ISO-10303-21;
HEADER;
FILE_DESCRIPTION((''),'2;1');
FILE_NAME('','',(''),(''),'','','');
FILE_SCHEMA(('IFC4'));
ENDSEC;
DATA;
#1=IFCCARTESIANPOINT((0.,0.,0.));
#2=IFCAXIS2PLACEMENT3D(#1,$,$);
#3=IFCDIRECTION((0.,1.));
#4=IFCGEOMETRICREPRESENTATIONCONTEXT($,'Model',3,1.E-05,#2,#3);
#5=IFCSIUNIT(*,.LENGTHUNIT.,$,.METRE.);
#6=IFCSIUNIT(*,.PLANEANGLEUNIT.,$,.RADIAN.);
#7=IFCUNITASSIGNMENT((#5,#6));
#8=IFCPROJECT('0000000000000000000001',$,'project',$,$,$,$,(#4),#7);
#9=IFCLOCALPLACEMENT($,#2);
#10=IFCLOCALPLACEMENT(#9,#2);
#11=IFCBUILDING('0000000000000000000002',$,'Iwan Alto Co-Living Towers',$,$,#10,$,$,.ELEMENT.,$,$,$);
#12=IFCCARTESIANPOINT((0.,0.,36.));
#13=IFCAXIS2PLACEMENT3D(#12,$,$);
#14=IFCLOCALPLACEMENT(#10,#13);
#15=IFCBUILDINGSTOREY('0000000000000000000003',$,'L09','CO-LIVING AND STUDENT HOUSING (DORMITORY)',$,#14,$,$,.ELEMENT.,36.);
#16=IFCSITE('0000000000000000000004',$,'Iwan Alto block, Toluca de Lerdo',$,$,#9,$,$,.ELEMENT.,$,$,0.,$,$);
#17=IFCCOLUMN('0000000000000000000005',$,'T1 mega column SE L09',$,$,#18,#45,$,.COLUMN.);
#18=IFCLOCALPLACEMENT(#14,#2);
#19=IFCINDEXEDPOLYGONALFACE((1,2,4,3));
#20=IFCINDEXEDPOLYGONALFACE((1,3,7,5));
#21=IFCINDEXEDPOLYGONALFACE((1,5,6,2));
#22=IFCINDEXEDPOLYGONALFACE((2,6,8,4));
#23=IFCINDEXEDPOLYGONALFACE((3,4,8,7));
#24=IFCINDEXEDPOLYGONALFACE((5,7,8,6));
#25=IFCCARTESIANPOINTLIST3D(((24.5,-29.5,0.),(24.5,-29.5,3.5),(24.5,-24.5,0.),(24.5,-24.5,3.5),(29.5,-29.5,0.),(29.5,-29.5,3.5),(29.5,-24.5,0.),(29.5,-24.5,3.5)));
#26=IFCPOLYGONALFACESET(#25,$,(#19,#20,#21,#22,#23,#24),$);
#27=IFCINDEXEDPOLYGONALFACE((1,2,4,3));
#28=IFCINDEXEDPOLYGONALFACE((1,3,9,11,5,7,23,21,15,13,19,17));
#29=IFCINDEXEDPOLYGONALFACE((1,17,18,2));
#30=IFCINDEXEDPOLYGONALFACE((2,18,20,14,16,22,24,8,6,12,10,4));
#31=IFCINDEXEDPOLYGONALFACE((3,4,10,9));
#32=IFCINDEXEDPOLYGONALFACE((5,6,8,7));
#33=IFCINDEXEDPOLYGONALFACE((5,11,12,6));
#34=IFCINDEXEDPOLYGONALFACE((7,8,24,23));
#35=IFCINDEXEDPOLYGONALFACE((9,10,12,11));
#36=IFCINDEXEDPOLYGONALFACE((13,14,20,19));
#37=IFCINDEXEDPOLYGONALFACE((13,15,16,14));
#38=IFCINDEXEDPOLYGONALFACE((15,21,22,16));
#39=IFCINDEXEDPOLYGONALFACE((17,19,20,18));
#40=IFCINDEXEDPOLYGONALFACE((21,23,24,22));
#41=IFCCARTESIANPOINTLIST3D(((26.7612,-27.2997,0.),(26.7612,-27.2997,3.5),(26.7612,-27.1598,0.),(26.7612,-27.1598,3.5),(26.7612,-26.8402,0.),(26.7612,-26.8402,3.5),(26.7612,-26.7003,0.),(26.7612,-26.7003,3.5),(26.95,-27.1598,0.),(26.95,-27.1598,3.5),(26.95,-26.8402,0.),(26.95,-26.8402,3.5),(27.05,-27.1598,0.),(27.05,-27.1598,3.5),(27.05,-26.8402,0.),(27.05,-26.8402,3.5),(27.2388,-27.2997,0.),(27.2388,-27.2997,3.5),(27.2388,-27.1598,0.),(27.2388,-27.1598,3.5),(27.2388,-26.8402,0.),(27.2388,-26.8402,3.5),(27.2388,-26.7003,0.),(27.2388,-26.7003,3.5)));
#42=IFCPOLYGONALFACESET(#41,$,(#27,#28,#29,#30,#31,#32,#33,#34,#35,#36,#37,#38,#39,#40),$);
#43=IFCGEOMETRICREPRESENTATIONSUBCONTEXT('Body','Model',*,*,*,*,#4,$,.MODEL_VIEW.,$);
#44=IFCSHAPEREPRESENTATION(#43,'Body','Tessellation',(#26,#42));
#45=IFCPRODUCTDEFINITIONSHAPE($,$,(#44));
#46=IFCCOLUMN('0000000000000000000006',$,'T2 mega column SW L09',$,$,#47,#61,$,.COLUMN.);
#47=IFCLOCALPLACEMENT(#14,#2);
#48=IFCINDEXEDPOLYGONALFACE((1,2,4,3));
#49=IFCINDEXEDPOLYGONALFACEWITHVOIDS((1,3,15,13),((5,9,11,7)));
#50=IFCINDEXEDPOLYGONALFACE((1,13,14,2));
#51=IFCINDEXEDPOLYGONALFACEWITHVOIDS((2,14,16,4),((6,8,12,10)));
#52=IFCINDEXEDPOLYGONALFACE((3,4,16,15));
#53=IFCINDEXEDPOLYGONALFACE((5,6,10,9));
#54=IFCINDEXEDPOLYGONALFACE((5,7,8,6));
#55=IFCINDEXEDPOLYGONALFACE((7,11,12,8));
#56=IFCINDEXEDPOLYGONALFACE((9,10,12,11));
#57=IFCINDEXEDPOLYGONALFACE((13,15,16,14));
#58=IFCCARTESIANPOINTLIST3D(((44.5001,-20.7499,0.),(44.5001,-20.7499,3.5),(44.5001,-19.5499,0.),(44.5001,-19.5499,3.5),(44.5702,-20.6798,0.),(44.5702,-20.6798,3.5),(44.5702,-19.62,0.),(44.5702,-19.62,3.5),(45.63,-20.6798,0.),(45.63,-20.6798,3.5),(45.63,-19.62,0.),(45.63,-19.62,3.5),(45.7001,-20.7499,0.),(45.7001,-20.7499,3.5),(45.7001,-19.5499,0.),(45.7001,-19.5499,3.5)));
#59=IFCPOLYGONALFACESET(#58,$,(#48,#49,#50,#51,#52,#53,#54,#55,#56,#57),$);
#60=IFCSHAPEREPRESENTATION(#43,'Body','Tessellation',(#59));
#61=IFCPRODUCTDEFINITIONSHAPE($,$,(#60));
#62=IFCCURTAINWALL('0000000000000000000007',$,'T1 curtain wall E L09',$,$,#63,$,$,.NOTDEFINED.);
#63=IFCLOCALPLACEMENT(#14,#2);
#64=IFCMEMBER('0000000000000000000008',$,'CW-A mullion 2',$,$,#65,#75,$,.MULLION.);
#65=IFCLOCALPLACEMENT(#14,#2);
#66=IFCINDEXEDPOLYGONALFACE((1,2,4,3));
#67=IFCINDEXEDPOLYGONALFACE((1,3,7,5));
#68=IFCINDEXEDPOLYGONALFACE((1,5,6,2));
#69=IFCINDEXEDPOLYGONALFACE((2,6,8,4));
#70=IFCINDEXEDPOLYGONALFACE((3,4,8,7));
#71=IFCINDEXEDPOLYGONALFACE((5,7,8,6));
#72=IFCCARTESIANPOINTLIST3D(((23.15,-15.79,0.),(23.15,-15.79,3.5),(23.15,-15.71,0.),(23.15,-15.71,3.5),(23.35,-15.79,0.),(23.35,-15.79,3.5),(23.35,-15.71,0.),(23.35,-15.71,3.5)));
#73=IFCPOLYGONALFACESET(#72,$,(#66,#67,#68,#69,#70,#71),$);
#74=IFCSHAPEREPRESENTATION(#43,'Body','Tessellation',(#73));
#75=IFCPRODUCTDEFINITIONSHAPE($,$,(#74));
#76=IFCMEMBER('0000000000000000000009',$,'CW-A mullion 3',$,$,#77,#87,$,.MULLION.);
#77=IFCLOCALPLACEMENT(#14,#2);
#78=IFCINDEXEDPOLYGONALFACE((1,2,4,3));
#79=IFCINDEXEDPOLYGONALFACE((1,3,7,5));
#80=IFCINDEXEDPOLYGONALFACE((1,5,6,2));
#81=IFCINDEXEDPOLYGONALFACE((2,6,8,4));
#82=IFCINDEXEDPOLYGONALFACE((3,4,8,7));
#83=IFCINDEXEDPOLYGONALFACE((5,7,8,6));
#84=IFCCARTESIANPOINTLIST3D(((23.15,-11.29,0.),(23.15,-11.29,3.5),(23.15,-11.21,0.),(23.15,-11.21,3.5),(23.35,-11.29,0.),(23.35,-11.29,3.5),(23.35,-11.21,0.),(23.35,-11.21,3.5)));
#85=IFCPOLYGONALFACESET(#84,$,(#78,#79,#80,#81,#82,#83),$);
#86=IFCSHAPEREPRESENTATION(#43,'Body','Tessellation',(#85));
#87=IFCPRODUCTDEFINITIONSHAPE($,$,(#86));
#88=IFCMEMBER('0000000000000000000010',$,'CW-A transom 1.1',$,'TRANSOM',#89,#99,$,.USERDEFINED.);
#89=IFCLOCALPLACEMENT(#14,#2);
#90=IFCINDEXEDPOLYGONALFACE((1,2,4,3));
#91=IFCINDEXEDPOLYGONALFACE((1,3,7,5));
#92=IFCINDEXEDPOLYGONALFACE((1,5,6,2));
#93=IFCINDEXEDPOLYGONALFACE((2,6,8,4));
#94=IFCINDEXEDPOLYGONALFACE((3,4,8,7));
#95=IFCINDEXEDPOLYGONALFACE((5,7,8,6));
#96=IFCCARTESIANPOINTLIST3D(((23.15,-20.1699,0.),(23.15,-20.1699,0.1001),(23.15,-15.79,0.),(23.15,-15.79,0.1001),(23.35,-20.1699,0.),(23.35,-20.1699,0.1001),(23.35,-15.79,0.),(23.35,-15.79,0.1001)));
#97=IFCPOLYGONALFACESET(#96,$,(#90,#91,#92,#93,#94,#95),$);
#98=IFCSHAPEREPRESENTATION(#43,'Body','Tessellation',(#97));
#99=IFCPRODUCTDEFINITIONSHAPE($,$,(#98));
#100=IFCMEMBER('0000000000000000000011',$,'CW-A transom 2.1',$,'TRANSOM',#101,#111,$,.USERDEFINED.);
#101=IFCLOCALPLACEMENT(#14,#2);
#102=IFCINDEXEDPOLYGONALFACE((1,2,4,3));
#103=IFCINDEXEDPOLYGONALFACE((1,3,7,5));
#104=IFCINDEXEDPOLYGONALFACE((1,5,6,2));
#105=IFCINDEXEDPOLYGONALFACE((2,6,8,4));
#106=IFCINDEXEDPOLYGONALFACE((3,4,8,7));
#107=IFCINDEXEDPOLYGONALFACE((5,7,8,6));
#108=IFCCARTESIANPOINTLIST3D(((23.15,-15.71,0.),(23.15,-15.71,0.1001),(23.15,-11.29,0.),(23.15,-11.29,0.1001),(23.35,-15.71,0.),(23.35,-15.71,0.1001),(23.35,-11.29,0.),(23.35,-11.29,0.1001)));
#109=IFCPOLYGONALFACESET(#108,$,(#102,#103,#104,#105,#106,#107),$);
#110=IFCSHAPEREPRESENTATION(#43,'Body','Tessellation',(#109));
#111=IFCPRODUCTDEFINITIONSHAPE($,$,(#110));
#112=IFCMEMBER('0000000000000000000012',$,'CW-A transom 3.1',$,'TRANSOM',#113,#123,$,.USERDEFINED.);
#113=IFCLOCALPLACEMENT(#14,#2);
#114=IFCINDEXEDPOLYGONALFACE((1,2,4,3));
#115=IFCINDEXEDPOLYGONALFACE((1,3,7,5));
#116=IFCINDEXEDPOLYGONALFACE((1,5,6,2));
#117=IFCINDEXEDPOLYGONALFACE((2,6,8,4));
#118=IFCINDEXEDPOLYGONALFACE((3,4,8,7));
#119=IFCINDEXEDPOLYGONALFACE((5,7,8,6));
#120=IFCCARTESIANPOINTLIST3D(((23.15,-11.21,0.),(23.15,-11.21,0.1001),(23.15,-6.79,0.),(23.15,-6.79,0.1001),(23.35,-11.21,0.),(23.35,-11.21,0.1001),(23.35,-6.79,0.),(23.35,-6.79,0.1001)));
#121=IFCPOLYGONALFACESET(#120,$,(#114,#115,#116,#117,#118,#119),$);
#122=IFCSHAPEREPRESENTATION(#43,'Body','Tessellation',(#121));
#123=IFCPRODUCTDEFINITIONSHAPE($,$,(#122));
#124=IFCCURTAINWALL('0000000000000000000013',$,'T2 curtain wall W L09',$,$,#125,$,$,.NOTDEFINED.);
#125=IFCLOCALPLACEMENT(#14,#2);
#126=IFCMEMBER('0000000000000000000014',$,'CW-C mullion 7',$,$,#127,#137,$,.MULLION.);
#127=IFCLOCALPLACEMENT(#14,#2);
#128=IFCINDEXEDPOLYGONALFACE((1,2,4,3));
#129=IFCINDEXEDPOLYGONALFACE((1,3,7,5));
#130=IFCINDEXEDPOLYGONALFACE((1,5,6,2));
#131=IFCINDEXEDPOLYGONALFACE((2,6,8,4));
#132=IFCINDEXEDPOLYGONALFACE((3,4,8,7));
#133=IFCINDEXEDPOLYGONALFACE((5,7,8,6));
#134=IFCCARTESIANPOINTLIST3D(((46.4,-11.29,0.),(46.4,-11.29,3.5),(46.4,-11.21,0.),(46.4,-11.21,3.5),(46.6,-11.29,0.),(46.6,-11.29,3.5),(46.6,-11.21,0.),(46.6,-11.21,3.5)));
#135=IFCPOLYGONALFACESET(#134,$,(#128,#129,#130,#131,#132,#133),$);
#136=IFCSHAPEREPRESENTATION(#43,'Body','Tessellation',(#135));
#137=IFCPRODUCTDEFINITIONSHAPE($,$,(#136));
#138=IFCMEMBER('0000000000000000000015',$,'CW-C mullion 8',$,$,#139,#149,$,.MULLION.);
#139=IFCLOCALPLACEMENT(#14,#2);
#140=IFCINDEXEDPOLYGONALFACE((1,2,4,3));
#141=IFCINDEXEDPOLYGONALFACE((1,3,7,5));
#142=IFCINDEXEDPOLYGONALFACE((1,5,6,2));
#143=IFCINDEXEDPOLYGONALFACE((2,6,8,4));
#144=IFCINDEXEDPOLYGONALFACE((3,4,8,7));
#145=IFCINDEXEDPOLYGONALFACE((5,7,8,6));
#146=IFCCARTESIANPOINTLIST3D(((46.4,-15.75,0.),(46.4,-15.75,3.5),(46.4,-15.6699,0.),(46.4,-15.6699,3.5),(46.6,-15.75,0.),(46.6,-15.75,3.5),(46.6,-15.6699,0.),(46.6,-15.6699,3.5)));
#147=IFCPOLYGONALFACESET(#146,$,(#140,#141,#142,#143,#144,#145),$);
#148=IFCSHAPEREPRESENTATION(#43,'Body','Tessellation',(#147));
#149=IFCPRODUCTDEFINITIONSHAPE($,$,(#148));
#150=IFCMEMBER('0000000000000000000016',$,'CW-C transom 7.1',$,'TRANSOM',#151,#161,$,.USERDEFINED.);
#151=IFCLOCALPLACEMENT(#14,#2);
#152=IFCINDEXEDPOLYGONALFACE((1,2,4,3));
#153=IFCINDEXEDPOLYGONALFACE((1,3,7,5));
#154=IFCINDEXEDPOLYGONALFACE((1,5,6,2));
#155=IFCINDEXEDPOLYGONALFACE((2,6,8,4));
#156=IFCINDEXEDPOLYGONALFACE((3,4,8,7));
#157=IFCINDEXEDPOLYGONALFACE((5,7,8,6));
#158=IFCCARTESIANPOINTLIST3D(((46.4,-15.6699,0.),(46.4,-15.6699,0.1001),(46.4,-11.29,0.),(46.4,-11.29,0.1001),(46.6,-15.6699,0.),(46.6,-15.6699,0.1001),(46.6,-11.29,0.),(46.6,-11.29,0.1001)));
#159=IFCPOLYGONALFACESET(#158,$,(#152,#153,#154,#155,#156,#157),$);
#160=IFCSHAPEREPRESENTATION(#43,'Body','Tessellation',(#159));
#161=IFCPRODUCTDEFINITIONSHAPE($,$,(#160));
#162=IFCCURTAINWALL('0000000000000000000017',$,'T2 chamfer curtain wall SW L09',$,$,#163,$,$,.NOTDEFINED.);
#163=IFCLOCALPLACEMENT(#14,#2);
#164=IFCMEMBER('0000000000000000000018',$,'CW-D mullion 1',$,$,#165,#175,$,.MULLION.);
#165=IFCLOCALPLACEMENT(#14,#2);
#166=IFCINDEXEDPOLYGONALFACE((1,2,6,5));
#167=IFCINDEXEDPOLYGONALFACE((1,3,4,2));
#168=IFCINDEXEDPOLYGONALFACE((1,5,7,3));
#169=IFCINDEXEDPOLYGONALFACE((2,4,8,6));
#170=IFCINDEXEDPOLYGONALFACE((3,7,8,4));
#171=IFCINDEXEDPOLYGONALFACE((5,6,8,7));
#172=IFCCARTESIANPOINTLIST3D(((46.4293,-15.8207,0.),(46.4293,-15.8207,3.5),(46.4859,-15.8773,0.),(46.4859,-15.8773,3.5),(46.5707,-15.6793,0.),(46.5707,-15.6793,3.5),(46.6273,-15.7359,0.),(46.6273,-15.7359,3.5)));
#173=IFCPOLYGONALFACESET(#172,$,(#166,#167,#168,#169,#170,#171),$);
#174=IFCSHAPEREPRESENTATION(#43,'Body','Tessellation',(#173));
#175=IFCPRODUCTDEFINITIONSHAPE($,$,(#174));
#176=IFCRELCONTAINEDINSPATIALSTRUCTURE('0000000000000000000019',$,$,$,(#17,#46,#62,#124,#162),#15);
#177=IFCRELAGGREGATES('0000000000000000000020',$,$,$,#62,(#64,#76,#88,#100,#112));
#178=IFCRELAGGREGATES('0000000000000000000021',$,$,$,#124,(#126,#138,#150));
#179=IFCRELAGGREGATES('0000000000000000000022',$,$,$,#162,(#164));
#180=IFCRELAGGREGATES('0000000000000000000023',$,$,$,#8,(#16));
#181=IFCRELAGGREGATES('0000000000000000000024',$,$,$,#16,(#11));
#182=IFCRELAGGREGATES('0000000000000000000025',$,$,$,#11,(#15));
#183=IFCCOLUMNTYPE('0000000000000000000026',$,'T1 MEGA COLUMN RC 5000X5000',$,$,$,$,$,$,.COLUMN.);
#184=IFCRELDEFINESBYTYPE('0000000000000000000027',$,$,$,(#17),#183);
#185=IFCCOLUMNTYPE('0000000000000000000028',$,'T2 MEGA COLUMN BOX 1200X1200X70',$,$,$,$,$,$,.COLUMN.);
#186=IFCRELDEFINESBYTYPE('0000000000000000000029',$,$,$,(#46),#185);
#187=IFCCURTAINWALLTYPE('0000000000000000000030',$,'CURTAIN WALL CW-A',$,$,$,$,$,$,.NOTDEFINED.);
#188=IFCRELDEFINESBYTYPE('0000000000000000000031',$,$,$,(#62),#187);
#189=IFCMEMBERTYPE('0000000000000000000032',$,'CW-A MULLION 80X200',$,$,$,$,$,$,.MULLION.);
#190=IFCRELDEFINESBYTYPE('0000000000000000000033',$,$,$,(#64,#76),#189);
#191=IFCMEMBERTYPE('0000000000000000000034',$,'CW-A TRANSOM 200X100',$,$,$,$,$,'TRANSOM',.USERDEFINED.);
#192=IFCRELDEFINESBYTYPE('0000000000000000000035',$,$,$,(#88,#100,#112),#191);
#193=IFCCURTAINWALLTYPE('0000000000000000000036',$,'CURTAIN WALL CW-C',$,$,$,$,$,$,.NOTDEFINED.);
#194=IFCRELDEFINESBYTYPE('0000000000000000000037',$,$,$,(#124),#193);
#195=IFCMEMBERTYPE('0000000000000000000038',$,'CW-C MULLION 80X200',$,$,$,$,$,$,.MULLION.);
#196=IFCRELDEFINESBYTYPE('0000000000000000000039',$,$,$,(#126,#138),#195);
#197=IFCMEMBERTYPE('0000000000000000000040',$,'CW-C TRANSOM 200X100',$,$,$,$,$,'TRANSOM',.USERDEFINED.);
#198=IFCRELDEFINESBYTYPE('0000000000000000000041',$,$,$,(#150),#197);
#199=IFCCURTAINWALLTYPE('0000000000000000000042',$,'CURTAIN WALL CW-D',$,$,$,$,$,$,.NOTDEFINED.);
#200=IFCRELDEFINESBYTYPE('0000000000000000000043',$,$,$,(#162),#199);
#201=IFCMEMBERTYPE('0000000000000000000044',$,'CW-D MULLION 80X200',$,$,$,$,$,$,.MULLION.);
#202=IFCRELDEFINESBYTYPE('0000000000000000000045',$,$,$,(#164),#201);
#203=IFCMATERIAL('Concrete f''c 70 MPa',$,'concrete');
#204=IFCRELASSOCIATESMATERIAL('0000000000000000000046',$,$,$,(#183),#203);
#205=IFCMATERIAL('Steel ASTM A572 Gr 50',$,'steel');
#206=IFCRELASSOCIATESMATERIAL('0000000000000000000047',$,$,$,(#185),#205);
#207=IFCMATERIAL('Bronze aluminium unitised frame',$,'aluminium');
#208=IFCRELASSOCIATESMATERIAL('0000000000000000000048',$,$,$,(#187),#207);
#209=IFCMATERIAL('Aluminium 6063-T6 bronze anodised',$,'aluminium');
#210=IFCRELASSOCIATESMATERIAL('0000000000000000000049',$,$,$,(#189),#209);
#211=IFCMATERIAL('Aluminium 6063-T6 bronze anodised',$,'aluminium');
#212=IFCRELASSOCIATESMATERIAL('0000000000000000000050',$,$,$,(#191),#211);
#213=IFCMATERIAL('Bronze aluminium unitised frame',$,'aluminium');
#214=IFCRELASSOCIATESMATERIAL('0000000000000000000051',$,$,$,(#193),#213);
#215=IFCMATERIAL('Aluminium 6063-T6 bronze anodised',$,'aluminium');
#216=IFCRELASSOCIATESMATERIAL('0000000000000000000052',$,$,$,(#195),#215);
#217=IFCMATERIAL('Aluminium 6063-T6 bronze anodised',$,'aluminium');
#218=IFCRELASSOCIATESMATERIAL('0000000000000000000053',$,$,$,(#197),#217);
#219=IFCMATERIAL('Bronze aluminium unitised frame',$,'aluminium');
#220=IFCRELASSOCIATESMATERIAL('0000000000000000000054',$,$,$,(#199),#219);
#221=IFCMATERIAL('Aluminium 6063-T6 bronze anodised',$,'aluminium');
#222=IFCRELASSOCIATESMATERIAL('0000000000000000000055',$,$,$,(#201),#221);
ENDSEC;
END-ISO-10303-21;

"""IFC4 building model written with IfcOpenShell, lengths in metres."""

from ifc_helpers import new_model, si_unit, direction, frame, origin, origin_2d, place, context, subcontext, project, spatial, rectangle, hollow_rectangle, i_section, extrude, material, material_profile, profile_set, type_object, element, aggregate, save


model = new_model("IFC4")

# Units and contexts
model_context = context("Model", 3, precision=1e-05, world=origin(), true_north=direction((0.0, 1.0)))
body_context = subcontext(model_context, "Body", "Model", "MODEL_VIEW")
ifc_project = project(units=[si_unit("LENGTHUNIT", "METRE"), si_unit("PLANEANGLEUNIT", "RADIAN")], contexts=[model_context])

# Site, building, storey
site_placement = place(None, origin())
site = spatial("IfcSite", under=ifc_project, at=site_placement, Name="Iwan Alto block, Toluca de Lerdo", CompositionType="ELEMENT", RefElevation=0.0)
building_placement = place(site_placement, origin())
building = spatial("IfcBuilding", under=site, at=building_placement, Name="Iwan Alto Co-Living Towers", CompositionType="ELEMENT")
storey_placement = place(building_placement, frame((0.0, 0.0, 36.0)))
storey = spatial("IfcBuildingStorey", under=building, at=storey_placement, Name="L09", Description="CO-LIVING AND STUDENT HOUSING (DORMITORY)", CompositionType="ELEMENT", Elevation=36.0)

# Columns
ifc_material_1 = material(Name="Concrete f'c 70 MPa", Category="concrete")
ifc_material_profile_1 = material_profile(ifc_material_1, rectangle(XDim=5.0, YDim=5.0, at=origin_2d()), Name="RC 5000X5000")
ifc_profile_set_1 = profile_set([ifc_material_profile_1], Name="Concrete f'c 70 MPa")
column_type_1 = type_object("IfcColumnType", Name="T1 MEGA COLUMN RC 5000X5000", PredefinedType="COLUMN", material=ifc_profile_set_1)
column_1_placement = place(storey_placement, frame((27.0, -27.0, 0.0), z_axis=(0.0, 0.0, 1.0), x_axis=(1.0, 0.0, 0.0)))
element("IfcColumn", 1, at=column_1_placement, inside=storey, type_object=column_type_1, Name="T1 mega column SE L09", PredefinedType="COLUMN", context=body_context, shape_type="SweptSolid", body=[
    extrude(rectangle(XDim=5.0, YDim=5.0, at=origin_2d()), origin(), (0.0, 0.0, 1.0), 3.5),
    extrude(i_section(OverallWidth=0.4775, OverallDepth=0.5994, WebThickness=0.1001, FlangeThickness=0.1399, at=origin_2d()), origin(), (0.0, 0.0, 1.0), 3.5),
])
ifc_material_2 = material(Name="Steel ASTM A572 Gr 50", Category="steel")
ifc_material_profile_2 = material_profile(ifc_material_2, hollow_rectangle(XDim=1.2, YDim=1.2, WallThickness=0.0701, at=origin_2d()), Name="BOX 1200X1200X70")
ifc_profile_set_2 = profile_set([ifc_material_profile_2], Name="Steel ASTM A572 Gr 50")
column_type_2 = type_object("IfcColumnType", Name="T2 MEGA COLUMN BOX 1200X1200X70", PredefinedType="COLUMN", material=ifc_profile_set_2)
column_2_placement = place(storey_placement, frame((45.1001, -20.1499, 0.0), z_axis=(0.0, 0.0, 1.0), x_axis=(1.0, 0.0, 0.0)))
element("IfcColumn", 2, at=column_2_placement, inside=storey, type_object=column_type_2, Name="T2 mega column SW L09", PredefinedType="COLUMN", context=body_context, shape_type="SweptSolid", body=[
    extrude(hollow_rectangle(XDim=1.2, YDim=1.2, WallThickness=0.0701, at=origin_2d()), origin(), (0.0, 0.0, 1.0), 3.5),
])

# Curtain walls, members
ifc_material_3 = material(Name="Bronze aluminium unitised frame", Category="aluminium")
curtain_wall_type_1 = type_object("IfcCurtainWallType", Name="CURTAIN WALL CW-A", PredefinedType="NOTDEFINED", material=ifc_material_3)
curtain_wall_1_placement = place(storey_placement, origin())
curtain_wall_1 = element("IfcCurtainWall", 3, at=curtain_wall_1_placement, inside=storey, type_object=curtain_wall_type_1, Name="T1 curtain wall E L09", PredefinedType="NOTDEFINED")
ifc_material_4 = material(Name="Aluminium 6063-T6 bronze anodised", Category="aluminium")
ifc_material_profile_3 = material_profile(ifc_material_4, rectangle(XDim=0.2, YDim=0.0801, at=origin_2d()), Name="AL 80X200")
ifc_profile_set_3 = profile_set([ifc_material_profile_3], Name="Aluminium 6063-T6 bronze anodised")
member_type_1 = type_object("IfcMemberType", Name="CW-A MULLION 80X200", PredefinedType="MULLION", material=ifc_profile_set_3)
member_1_placement = place(storey_placement, frame((23.25, -15.75, 0.0), z_axis=(0.0, 0.0, 1.0), x_axis=(-1.0, 0.0, 0.0)))
member_1 = element("IfcMember", 4, at=member_1_placement, type_object=member_type_1, Name="CW-A mullion 2", PredefinedType="MULLION", context=body_context, shape_type="SweptSolid", body=[
    extrude(rectangle(XDim=0.2, YDim=0.0801, at=origin_2d()), origin(), (0.0, 0.0, 1.0), 3.5),
])
member_2_placement = place(storey_placement, frame((23.25, -11.25, 0.0), z_axis=(0.0, 0.0, 1.0), x_axis=(-1.0, 0.0, 0.0)))
member_2 = element("IfcMember", 5, at=member_2_placement, type_object=member_type_1, Name="CW-A mullion 3", PredefinedType="MULLION", context=body_context, shape_type="SweptSolid", body=[
    extrude(rectangle(XDim=0.2, YDim=0.0801, at=origin_2d()), origin(), (0.0, 0.0, 1.0), 3.5),
])
ifc_material_5 = material(Name="Aluminium 6063-T6 bronze anodised", Category="aluminium")
ifc_material_profile_4 = material_profile(ifc_material_5, rectangle(XDim=0.2, YDim=0.1001, at=origin_2d()), Name="AL 200X100")
ifc_profile_set_4 = profile_set([ifc_material_profile_4], Name="Aluminium 6063-T6 bronze anodised")
member_type_2 = type_object("IfcMemberType", Name="CW-A TRANSOM 200X100", ElementType="TRANSOM", PredefinedType="USERDEFINED", material=ifc_profile_set_4)
member_3_placement = place(storey_placement, frame((23.25, -20.1699, 0.05), z_axis=(0.0, 1.0, 0.0), x_axis=(-1.0, 0.0, 0.0)))
member_3 = element("IfcMember", 6, at=member_3_placement, type_object=member_type_2, Name="CW-A transom 1.1", ObjectType="TRANSOM", PredefinedType="USERDEFINED", context=body_context, shape_type="SweptSolid", body=[
    extrude(rectangle(XDim=0.2, YDim=0.1001, at=origin_2d()), origin(), (0.0, 0.0, 1.0), 4.3799),
])
member_4_placement = place(storey_placement, frame((23.25, -15.71, 0.05), z_axis=(0.0, 1.0, 0.0), x_axis=(-1.0, 0.0, 0.0)))
member_4 = element("IfcMember", 7, at=member_4_placement, type_object=member_type_2, Name="CW-A transom 2.1", ObjectType="TRANSOM", PredefinedType="USERDEFINED", context=body_context, shape_type="SweptSolid", body=[
    extrude(rectangle(XDim=0.2, YDim=0.1001, at=origin_2d()), origin(), (0.0, 0.0, 1.0), 4.4199),
])
member_5_placement = place(storey_placement, frame((23.25, -11.21, 0.05), z_axis=(0.0, 1.0, 0.0), x_axis=(-1.0, 0.0, 0.0)))
member_5 = element("IfcMember", 8, at=member_5_placement, type_object=member_type_2, Name="CW-A transom 3.1", ObjectType="TRANSOM", PredefinedType="USERDEFINED", context=body_context, shape_type="SweptSolid", body=[
    extrude(rectangle(XDim=0.2, YDim=0.1001, at=origin_2d()), origin(), (0.0, 0.0, 1.0), 4.4199),
])
ifc_material_6 = material(Name="Bronze aluminium unitised frame", Category="aluminium")
curtain_wall_type_2 = type_object("IfcCurtainWallType", Name="CURTAIN WALL CW-C", PredefinedType="NOTDEFINED", material=ifc_material_6)
curtain_wall_2_placement = place(storey_placement, origin())
curtain_wall_2 = element("IfcCurtainWall", 9, at=curtain_wall_2_placement, inside=storey, type_object=curtain_wall_type_2, Name="T2 curtain wall W L09", PredefinedType="NOTDEFINED")
ifc_material_7 = material(Name="Aluminium 6063-T6 bronze anodised", Category="aluminium")
ifc_material_profile_5 = material_profile(ifc_material_7, rectangle(XDim=0.2, YDim=0.0801, at=origin_2d()), Name="AL 80X200")
ifc_profile_set_5 = profile_set([ifc_material_profile_5], Name="Aluminium 6063-T6 bronze anodised")
member_type_3 = type_object("IfcMemberType", Name="CW-C MULLION 80X200", PredefinedType="MULLION", material=ifc_profile_set_5)
member_6_placement = place(storey_placement, frame((46.5, -11.25, 0.0), z_axis=(0.0, 0.0, 1.0), x_axis=(1.0, 0.0, 0.0)))
member_6 = element("IfcMember", 10, at=member_6_placement, type_object=member_type_3, Name="CW-C mullion 7", PredefinedType="MULLION", context=body_context, shape_type="SweptSolid", body=[
    extrude(rectangle(XDim=0.2, YDim=0.0801, at=origin_2d()), origin(), (0.0, 0.0, 1.0), 3.5),
])
member_7_placement = place(storey_placement, frame((46.5, -15.71, 0.0), z_axis=(0.0, 0.0, 1.0), x_axis=(1.0, 0.0, 0.0)))
member_7 = element("IfcMember", 11, at=member_7_placement, type_object=member_type_3, Name="CW-C mullion 8", PredefinedType="MULLION", context=body_context, shape_type="SweptSolid", body=[
    extrude(rectangle(XDim=0.2, YDim=0.0801, at=origin_2d()), origin(), (0.0, 0.0, 1.0), 3.5),
])
ifc_material_8 = material(Name="Aluminium 6063-T6 bronze anodised", Category="aluminium")
ifc_material_profile_6 = material_profile(ifc_material_8, rectangle(XDim=0.2, YDim=0.1001, at=origin_2d()), Name="AL 200X100")
ifc_profile_set_6 = profile_set([ifc_material_profile_6], Name="Aluminium 6063-T6 bronze anodised")
member_type_4 = type_object("IfcMemberType", Name="CW-C TRANSOM 200X100", ElementType="TRANSOM", PredefinedType="USERDEFINED", material=ifc_profile_set_6)
member_8_placement = place(storey_placement, frame((46.5, -11.29, 0.05), z_axis=(0.0, -1.0, 0.0), x_axis=(1.0, 0.0, 0.0)))
member_8 = element("IfcMember", 12, at=member_8_placement, type_object=member_type_4, Name="CW-C transom 7.1", ObjectType="TRANSOM", PredefinedType="USERDEFINED", context=body_context, shape_type="SweptSolid", body=[
    extrude(rectangle(XDim=0.2, YDim=0.1001, at=origin_2d()), origin(), (0.0, 0.0, 1.0), 4.3799),
])
ifc_material_9 = material(Name="Bronze aluminium unitised frame", Category="aluminium")
curtain_wall_type_3 = type_object("IfcCurtainWallType", Name="CURTAIN WALL CW-D", PredefinedType="NOTDEFINED", material=ifc_material_9)
curtain_wall_3_placement = place(storey_placement, origin())
curtain_wall_3 = element("IfcCurtainWall", 13, at=curtain_wall_3_placement, inside=storey, type_object=curtain_wall_type_3, Name="T2 chamfer curtain wall SW L09", PredefinedType="NOTDEFINED")
ifc_material_10 = material(Name="Aluminium 6063-T6 bronze anodised", Category="aluminium")
ifc_material_profile_7 = material_profile(ifc_material_10, rectangle(XDim=0.2, YDim=0.0801, at=origin_2d()), Name="AL 80X200")
ifc_profile_set_7 = profile_set([ifc_material_profile_7], Name="Aluminium 6063-T6 bronze anodised")
member_type_5 = type_object("IfcMemberType", Name="CW-D MULLION 80X200", PredefinedType="MULLION", material=ifc_profile_set_7)
member_9_placement = place(storey_placement, frame((46.5283, -15.7783, 0.0), z_axis=(0.0, 0.0, 1.0), x_axis=(0.707107, 0.707107, 0.0)))
member_9 = element("IfcMember", 14, at=member_9_placement, type_object=member_type_5, Name="CW-D mullion 1", PredefinedType="MULLION", context=body_context, shape_type="SweptSolid", body=[
    extrude(rectangle(XDim=0.2, YDim=0.0801, at=origin_2d()), origin(), (0.0, 0.0, 1.0), 3.5),
])

aggregate(curtain_wall_1, [member_1, member_2, member_3, member_4, member_5])
aggregate(curtain_wall_2, [member_6, member_7, member_8])
aggregate(curtain_wall_3, [member_9])

save(model, "model.ifc")
